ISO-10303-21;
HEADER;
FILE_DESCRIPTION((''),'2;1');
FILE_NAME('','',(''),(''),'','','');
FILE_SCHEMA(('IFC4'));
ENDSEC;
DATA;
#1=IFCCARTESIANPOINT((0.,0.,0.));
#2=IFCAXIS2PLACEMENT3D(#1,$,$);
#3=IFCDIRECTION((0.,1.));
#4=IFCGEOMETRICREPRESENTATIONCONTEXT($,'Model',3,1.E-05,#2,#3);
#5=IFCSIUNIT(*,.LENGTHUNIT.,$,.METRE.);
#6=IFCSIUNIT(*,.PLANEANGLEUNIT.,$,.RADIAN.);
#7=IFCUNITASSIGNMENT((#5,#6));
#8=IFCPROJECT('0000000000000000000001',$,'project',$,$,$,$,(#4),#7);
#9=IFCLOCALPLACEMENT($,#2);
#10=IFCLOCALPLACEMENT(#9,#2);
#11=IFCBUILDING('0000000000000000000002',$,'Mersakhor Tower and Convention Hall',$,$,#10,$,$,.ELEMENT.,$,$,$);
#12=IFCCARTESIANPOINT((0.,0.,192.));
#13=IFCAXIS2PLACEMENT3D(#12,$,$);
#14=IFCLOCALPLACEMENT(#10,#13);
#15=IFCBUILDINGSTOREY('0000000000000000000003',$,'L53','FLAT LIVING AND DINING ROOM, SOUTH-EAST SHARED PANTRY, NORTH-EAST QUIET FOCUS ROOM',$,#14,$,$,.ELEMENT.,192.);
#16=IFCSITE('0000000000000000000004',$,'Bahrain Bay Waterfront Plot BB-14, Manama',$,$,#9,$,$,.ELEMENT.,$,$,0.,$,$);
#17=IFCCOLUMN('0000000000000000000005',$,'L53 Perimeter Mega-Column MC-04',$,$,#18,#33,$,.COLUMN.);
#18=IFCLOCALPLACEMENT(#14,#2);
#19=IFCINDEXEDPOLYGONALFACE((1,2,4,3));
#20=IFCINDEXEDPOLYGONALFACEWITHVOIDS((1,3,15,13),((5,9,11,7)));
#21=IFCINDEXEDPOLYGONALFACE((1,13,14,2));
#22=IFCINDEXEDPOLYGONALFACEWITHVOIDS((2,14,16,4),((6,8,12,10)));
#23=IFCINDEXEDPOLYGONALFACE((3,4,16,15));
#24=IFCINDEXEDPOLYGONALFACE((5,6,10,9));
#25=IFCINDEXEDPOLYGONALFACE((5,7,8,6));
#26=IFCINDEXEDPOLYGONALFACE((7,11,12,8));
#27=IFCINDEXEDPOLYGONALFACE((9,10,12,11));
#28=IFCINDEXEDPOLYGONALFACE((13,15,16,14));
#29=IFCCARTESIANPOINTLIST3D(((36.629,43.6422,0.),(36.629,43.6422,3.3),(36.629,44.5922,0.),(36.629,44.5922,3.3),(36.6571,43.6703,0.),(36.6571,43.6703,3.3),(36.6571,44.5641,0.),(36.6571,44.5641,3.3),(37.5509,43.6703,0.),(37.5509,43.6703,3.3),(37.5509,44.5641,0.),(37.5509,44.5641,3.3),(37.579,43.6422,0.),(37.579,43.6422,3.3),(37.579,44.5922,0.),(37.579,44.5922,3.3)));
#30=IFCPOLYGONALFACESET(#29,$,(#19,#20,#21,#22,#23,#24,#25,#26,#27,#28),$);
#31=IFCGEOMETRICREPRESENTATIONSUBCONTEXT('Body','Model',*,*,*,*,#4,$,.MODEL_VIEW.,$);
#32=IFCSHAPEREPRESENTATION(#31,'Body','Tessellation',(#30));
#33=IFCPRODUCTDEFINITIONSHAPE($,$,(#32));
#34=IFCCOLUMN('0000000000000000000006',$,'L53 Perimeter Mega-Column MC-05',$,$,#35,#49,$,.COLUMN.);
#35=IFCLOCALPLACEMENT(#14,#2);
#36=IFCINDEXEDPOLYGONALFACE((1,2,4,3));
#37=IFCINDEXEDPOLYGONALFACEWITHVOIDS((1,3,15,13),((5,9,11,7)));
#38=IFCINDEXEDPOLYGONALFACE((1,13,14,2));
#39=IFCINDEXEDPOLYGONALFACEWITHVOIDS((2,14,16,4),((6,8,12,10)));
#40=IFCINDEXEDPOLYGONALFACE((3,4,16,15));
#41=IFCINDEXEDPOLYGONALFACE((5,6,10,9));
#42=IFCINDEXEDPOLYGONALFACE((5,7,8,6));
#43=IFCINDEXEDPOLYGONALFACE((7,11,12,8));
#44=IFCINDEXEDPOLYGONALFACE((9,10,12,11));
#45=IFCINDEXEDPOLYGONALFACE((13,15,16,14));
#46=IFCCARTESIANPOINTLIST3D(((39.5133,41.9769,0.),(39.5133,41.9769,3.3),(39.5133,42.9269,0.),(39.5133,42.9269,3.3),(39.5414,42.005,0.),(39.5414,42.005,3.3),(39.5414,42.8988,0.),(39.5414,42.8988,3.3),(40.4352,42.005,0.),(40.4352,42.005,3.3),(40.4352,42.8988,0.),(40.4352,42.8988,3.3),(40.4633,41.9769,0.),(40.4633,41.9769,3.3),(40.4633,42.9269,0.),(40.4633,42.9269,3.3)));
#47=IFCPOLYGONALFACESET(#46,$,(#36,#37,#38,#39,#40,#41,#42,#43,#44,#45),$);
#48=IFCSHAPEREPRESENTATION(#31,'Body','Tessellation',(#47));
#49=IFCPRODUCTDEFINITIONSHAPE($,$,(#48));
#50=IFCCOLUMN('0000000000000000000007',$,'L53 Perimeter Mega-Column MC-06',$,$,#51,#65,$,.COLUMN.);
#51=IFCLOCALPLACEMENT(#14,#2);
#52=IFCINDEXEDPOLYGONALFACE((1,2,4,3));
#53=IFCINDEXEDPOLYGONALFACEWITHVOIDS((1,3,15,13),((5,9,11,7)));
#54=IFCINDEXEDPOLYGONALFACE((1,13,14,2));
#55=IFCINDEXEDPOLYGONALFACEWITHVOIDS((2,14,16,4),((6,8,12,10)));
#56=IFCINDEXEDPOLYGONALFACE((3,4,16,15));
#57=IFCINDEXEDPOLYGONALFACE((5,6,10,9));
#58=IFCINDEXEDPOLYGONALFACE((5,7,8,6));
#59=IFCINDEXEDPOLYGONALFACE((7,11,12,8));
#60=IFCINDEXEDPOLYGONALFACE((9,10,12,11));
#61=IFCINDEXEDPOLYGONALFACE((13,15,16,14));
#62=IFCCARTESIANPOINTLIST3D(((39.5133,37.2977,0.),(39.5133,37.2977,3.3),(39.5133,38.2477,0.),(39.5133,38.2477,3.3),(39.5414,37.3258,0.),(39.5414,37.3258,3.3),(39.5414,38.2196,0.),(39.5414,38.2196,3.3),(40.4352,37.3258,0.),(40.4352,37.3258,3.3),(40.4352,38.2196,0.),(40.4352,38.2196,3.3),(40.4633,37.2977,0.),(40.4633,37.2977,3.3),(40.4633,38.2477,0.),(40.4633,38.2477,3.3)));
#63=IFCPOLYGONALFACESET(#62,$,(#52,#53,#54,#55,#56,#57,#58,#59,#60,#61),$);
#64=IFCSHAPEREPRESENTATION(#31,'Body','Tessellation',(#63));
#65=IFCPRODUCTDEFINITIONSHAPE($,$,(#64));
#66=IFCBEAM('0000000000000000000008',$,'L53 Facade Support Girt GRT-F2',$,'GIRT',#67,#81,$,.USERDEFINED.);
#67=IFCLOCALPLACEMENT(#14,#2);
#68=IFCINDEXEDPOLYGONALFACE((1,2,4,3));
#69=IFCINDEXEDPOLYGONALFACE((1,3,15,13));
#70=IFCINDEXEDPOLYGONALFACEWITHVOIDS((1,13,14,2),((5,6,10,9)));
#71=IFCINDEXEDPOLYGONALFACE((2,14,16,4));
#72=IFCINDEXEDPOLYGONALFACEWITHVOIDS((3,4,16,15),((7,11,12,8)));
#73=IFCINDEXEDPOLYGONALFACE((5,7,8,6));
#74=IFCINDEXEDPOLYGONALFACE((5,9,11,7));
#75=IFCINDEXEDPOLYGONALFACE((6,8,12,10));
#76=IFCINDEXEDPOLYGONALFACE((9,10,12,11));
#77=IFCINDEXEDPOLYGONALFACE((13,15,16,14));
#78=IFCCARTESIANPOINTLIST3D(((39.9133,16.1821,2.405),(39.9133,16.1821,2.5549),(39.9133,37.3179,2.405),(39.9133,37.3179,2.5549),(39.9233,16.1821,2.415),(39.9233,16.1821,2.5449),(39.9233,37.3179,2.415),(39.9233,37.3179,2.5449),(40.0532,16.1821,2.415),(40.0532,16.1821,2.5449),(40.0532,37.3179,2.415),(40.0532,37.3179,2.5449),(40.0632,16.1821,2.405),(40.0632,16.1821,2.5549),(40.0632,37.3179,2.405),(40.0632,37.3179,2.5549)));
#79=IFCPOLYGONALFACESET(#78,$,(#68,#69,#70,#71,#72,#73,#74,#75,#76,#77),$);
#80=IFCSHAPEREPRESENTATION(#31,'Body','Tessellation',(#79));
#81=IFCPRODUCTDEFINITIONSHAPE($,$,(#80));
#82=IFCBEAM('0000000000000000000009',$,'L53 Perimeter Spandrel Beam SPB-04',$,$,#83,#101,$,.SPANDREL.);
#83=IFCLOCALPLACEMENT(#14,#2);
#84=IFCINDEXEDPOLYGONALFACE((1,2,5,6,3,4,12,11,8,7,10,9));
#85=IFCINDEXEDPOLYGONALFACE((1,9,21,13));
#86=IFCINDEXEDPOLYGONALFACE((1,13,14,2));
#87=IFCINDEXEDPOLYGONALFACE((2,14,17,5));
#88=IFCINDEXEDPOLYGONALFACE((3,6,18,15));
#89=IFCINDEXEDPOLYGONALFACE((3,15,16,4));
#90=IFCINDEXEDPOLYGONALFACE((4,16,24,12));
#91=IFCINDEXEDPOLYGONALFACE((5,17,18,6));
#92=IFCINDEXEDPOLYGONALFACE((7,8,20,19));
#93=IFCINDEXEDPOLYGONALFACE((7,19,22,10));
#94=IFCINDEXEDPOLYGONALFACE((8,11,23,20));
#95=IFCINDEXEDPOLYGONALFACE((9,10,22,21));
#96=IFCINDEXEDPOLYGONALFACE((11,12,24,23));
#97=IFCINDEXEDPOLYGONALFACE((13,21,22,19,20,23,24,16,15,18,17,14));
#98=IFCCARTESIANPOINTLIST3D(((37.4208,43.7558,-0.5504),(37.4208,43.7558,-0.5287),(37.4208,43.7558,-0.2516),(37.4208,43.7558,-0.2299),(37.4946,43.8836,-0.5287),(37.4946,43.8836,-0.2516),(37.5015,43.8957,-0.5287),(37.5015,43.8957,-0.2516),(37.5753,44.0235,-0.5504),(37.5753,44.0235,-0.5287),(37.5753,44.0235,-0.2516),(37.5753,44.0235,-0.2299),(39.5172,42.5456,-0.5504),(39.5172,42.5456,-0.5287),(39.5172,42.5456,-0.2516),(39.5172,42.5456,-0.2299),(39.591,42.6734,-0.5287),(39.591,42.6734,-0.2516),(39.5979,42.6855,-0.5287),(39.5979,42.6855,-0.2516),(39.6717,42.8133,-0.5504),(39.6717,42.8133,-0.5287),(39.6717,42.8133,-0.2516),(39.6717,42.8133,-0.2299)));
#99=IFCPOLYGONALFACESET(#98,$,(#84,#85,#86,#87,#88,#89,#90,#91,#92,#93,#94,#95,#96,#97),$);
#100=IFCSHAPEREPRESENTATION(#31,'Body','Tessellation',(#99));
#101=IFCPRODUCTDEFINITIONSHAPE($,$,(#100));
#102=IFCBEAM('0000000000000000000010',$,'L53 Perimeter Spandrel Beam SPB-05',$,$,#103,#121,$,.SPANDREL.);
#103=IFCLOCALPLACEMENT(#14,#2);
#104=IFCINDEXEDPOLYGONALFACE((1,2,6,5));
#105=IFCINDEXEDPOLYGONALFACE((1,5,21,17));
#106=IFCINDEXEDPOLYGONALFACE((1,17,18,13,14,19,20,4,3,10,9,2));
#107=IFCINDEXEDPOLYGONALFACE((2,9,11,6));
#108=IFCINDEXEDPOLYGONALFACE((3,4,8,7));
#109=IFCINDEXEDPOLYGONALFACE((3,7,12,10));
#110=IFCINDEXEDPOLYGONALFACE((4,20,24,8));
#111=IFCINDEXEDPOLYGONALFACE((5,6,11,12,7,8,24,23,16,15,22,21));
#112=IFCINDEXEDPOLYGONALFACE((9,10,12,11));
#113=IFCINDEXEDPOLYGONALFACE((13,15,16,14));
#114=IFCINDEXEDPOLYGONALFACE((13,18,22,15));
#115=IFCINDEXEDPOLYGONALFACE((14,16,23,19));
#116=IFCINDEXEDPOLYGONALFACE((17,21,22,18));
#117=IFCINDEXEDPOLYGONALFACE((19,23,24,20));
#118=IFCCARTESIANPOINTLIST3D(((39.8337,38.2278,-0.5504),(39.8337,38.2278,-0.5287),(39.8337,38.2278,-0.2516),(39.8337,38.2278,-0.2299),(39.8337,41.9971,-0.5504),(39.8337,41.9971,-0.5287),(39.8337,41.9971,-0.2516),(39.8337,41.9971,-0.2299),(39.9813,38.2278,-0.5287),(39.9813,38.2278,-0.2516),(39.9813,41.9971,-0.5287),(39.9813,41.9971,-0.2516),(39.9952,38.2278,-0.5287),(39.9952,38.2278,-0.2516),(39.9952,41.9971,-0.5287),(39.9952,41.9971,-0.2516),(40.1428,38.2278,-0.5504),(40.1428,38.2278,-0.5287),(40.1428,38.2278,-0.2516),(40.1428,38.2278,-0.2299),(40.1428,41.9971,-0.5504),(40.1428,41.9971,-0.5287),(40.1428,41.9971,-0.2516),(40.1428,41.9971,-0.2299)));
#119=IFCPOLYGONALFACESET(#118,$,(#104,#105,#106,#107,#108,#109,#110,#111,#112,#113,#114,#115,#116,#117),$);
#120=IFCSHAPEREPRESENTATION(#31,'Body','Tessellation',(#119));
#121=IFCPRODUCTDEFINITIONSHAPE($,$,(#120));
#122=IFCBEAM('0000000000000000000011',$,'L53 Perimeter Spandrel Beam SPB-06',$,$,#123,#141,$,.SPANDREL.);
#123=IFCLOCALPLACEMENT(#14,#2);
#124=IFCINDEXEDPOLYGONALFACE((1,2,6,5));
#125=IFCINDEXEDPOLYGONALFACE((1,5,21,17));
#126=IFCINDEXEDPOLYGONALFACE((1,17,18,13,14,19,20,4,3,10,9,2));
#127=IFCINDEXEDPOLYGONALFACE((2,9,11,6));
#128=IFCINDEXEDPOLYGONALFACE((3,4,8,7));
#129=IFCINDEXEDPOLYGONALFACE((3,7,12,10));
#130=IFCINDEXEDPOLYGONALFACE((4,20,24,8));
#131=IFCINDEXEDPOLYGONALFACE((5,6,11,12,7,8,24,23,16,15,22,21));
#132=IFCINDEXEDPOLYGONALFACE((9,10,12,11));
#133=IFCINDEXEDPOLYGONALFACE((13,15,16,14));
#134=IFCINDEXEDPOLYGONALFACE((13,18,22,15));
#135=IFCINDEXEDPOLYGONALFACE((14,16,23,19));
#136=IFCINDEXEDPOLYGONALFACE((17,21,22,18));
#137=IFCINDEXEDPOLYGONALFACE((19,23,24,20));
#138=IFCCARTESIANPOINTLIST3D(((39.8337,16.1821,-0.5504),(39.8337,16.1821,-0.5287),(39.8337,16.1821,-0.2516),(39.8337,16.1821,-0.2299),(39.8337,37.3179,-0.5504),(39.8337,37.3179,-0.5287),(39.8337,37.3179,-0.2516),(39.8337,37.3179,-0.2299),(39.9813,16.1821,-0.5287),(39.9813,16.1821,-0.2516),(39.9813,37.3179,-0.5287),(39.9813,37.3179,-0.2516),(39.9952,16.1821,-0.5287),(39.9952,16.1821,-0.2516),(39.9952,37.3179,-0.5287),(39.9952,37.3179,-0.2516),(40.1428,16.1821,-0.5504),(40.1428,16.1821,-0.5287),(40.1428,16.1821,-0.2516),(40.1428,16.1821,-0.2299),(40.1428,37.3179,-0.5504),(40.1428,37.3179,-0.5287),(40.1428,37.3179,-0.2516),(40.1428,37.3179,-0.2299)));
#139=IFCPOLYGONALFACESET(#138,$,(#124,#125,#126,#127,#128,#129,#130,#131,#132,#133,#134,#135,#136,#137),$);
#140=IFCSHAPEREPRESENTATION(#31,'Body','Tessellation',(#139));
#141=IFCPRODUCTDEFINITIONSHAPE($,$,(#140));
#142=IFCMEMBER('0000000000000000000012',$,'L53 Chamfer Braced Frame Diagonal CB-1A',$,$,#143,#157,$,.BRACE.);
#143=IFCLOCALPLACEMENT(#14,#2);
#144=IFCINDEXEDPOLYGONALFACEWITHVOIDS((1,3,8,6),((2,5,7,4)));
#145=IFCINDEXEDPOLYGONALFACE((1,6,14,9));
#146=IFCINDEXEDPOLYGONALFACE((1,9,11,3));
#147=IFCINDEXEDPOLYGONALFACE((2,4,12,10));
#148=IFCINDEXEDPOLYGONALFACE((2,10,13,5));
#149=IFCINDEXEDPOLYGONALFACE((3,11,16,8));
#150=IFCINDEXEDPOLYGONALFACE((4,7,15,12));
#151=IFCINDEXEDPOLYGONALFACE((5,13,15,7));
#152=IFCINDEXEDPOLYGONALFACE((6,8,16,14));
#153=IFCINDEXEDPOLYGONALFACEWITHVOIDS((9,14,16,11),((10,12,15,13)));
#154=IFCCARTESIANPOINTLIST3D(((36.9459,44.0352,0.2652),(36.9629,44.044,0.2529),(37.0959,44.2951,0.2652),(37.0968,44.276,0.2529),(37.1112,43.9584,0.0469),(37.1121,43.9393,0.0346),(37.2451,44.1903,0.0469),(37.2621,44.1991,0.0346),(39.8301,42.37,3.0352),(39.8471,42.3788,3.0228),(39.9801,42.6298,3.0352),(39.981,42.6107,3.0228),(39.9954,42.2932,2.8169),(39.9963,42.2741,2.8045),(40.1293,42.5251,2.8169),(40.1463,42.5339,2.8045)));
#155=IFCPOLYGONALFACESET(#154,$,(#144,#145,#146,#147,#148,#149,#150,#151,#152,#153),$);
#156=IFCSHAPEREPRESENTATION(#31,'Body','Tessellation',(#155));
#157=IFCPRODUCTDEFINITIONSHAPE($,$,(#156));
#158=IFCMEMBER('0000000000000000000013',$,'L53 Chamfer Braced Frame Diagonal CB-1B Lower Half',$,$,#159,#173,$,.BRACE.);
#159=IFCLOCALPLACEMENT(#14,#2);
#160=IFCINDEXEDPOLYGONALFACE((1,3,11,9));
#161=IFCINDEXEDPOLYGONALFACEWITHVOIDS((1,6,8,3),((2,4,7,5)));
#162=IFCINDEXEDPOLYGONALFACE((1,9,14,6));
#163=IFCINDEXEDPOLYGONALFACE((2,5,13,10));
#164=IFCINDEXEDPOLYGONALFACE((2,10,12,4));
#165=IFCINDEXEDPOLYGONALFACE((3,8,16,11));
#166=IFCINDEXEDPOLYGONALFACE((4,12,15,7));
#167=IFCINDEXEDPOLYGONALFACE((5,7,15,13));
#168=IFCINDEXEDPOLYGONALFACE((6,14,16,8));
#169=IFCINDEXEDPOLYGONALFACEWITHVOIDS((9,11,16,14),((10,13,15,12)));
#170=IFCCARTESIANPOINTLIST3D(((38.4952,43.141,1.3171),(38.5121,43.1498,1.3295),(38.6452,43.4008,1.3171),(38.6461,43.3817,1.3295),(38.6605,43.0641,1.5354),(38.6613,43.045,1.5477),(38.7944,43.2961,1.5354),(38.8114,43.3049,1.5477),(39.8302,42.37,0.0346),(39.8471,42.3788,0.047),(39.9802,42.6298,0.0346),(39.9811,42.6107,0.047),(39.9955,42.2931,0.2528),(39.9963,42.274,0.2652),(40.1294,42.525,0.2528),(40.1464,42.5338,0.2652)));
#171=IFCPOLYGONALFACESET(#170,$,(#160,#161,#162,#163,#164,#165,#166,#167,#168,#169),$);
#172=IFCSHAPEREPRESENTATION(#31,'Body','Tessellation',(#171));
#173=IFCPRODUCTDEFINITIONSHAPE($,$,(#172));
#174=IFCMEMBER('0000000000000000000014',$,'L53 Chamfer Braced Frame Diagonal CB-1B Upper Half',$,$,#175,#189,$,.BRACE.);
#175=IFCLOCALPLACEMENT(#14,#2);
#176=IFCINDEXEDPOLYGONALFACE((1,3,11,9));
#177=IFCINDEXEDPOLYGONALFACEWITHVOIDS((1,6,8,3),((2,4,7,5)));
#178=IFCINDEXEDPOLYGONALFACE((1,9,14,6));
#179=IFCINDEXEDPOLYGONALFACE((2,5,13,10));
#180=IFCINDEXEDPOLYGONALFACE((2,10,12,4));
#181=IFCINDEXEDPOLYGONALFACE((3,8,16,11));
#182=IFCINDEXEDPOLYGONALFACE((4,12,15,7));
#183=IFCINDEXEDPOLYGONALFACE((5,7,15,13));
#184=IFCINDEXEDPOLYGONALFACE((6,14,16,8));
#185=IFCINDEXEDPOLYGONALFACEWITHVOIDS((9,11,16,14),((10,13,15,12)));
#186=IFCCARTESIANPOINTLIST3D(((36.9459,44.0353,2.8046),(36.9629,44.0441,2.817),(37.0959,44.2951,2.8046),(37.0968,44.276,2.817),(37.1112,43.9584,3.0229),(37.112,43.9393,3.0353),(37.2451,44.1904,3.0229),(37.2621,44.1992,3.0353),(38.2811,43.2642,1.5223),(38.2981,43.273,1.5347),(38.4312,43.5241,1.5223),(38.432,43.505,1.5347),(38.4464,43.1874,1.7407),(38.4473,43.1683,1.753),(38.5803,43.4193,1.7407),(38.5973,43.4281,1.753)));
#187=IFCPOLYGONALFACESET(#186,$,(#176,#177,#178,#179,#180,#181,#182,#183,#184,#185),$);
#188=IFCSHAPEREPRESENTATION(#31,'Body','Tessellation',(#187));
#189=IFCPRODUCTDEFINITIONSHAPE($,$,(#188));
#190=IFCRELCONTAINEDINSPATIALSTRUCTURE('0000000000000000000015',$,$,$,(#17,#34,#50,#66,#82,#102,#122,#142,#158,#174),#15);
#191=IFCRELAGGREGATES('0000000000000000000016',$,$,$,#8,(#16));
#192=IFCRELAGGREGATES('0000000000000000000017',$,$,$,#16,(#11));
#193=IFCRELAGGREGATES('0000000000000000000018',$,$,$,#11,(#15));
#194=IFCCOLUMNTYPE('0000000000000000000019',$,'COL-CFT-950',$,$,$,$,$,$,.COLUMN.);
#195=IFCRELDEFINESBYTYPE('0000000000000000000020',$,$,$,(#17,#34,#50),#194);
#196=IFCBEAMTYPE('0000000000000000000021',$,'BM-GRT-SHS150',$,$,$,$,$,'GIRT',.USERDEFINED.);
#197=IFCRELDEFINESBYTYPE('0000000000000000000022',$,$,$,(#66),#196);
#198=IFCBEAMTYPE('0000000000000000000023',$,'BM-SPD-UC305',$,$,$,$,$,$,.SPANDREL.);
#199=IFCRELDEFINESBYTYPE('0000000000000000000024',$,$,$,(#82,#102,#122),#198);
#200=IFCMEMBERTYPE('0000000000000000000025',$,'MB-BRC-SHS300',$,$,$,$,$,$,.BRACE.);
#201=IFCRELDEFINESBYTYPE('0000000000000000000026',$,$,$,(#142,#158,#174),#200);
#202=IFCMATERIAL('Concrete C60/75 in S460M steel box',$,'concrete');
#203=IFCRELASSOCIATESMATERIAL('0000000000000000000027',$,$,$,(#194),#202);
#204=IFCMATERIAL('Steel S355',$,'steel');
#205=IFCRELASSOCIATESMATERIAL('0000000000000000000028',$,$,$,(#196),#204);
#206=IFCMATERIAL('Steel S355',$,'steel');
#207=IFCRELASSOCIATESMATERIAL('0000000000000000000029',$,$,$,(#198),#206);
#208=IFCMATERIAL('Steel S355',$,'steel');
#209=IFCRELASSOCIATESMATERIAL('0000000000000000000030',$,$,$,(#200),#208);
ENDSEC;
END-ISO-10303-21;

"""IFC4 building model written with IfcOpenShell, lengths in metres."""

from ifc_helpers import new_model, si_unit, direction, frame, origin, origin_2d, place, context, subcontext, project, spatial, hollow_rectangle, i_section, extrude, material, material_profile, profile_set, type_object, element, save


model = new_model("IFC4")

# Units and contexts
model_context = context("Model", 3, precision=1e-05, world=origin(), true_north=direction((0.0, 1.0)))
body_context = subcontext(model_context, "Body", "Model", "MODEL_VIEW")
ifc_project = project(units=[si_unit("LENGTHUNIT", "METRE"), si_unit("PLANEANGLEUNIT", "RADIAN")], contexts=[model_context])

# Site, building, storey
site_placement = place(None, origin())
site = spatial("IfcSite", under=ifc_project, at=site_placement, Name="Bahrain Bay Waterfront Plot BB-14, Manama", CompositionType="ELEMENT", RefElevation=0.0)
building_placement = place(site_placement, origin())
building = spatial("IfcBuilding", under=site, at=building_placement, Name="Mersakhor Tower and Convention Hall", CompositionType="ELEMENT")
storey_placement = place(building_placement, frame((0.0, 0.0, 192.0)))
storey = spatial("IfcBuildingStorey", under=building, at=storey_placement, Name="L53", Description="FLAT LIVING AND DINING ROOM, SOUTH-EAST SHARED PANTRY, NORTH-EAST QUIET FOCUS ROOM", CompositionType="ELEMENT", Elevation=192.0)

# Columns
ifc_material_1 = material(Name="Concrete C60/75 in S460M steel box", Category="concrete")
ifc_material_profile_1 = material_profile(ifc_material_1, hollow_rectangle(XDim=0.95, YDim=0.95, WallThickness=0.0281, at=origin_2d()), Name="SHS 950x950x28")
ifc_profile_set_1 = profile_set([ifc_material_profile_1], Name="Concrete C60/75 in S460M steel box")
column_type = type_object("IfcColumnType", Name="COL-CFT-950", PredefinedType="COLUMN", material=ifc_profile_set_1)
for number, where, z_axis, x_axis, name in (
    (1, (37.104, 44.1172, 0.0), (0.0, 0.0, 1.0), (1.0, 0.0, 0.0), "L53 Perimeter Mega-Column MC-04"),
    (2, (39.9883, 42.4519, 0.0), (0.0, 0.0, 1.0), (1.0, 0.0, 0.0), "L53 Perimeter Mega-Column MC-05"),
    (3, (39.9883, 37.7727, 0.0), (0.0, 0.0, 1.0), (1.0, 0.0, 0.0), "L53 Perimeter Mega-Column MC-06"),
):
    element("IfcColumn", number, at=place(storey_placement, frame(where, z_axis=z_axis, x_axis=x_axis)), inside=storey, type_object=column_type, Name=name, PredefinedType="COLUMN", context=body_context, shape_type="SweptSolid", body=[
        extrude(hollow_rectangle(XDim=0.95, YDim=0.95, WallThickness=0.0281, at=origin_2d()), origin(), (0.0, 0.0, 1.0), 3.3),
    ])

# Beams
ifc_material_2 = material(Name="Steel S355", Category="steel")
ifc_material_profile_2 = material_profile(ifc_material_2, hollow_rectangle(XDim=0.1499, YDim=0.1499, WallThickness=0.01, at=origin_2d()), Name="SHS 150x150x10")
ifc_profile_set_2 = profile_set([ifc_material_profile_2], Name="Steel S355")
beam_type_1 = type_object("IfcBeamType", Name="BM-GRT-SHS150", ElementType="GIRT", PredefinedType="USERDEFINED", material=ifc_profile_set_2)
beam_1_placement = place(storey_placement, frame((39.9883, 37.3179, 2.48), z_axis=(0.0, -1.0, 0.0), x_axis=(1.0, 0.0, 0.0)))
element("IfcBeam", 4, at=beam_1_placement, inside=storey, type_object=beam_type_1, Name="L53 Facade Support Girt GRT-F2", ObjectType="GIRT", PredefinedType="USERDEFINED", context=body_context, shape_type="SweptSolid", body=[
    extrude(hollow_rectangle(XDim=0.1499, YDim=0.1499, WallThickness=0.01, at=origin_2d()), origin(), (0.0, 0.0, 1.0), 21.1357),
])
ifc_material_3 = material(Name="Steel S355", Category="steel")
ifc_material_profile_3 = material_profile(ifc_material_3, i_section(OverallWidth=0.3091, OverallDepth=0.3206, WebThickness=0.0139, FlangeThickness=0.0217, at=origin_2d()), Name="UC 305x305x137")
ifc_profile_set_3 = profile_set([ifc_material_profile_3], Name="Steel S355")
beam_type_2 = type_object("IfcBeamType", Name="BM-SPD-UC305", PredefinedType="SPANDREL", material=ifc_profile_set_3)
beam_2_placement = place(storey_placement, frame((37.498, 43.8896, -0.3901), z_axis=(0.866056, -0.499947, 0.0), x_axis=(0.499947, 0.866056, 0.0)))
element("IfcBeam", 5, at=beam_2_placement, inside=storey, type_object=beam_type_2, Name="L53 Perimeter Spandrel Beam SPB-04", PredefinedType="SPANDREL", context=body_context, shape_type="SweptSolid", body=[
    extrude(i_section(OverallWidth=0.3091, OverallDepth=0.3206, WebThickness=0.0139, FlangeThickness=0.0217, at=origin_2d()), origin(), (0.0, 0.0, 1.0), 2.4207),
])
beam_3_placement = place(storey_placement, frame((39.9883, 41.9971, -0.3901), z_axis=(0.0, -1.0, 0.0), x_axis=(1.0, 0.0, 0.0)))
element("IfcBeam", 6, at=beam_3_placement, inside=storey, type_object=beam_type_2, Name="L53 Perimeter Spandrel Beam SPB-05", PredefinedType="SPANDREL", context=body_context, shape_type="SweptSolid", body=[
    extrude(i_section(OverallWidth=0.3091, OverallDepth=0.3206, WebThickness=0.0139, FlangeThickness=0.0217, at=origin_2d()), origin(), (0.0, 0.0, 1.0), 3.7693),
])
beam_4_placement = place(storey_placement, frame((39.9883, 37.3179, -0.3901), z_axis=(0.0, -1.0, 0.0), x_axis=(1.0, 0.0, 0.0)))
element("IfcBeam", 7, at=beam_4_placement, inside=storey, type_object=beam_type_2, Name="L53 Perimeter Spandrel Beam SPB-06", PredefinedType="SPANDREL", context=body_context, shape_type="SweptSolid", body=[
    extrude(i_section(OverallWidth=0.3091, OverallDepth=0.3206, WebThickness=0.0139, FlangeThickness=0.0217, at=origin_2d()), origin(), (0.0, 0.0, 1.0), 21.1357),
])

# Members
ifc_material_4 = material(Name="Steel S355", Category="steel")
ifc_material_profile_4 = material_profile(ifc_material_4, hollow_rectangle(XDim=0.3, YDim=0.3, WallThickness=0.0161, at=origin_2d()), Name="SHS 300x300x16")
ifc_profile_set_4 = profile_set([ifc_material_profile_4], Name="Steel S355")
member_type = type_object("IfcMemberType", Name="MB-BRC-SHS300", PredefinedType="BRACE", material=ifc_profile_set_4)
member_placement = place(storey_placement, frame((37.104, 44.1172, 0.1499), z_axis=(0.665825, -0.384425, 0.639449), x_axis=(0.50001, 0.86602, 0.0)))
element("IfcMember", 8, at=member_placement, inside=storey, type_object=member_type, Name="L53 Chamfer Braced Frame Diagonal CB-1A", PredefinedType="BRACE", context=body_context, shape_type="SweptSolid", body=[
    extrude(hollow_rectangle(XDim=0.3, YDim=0.3, WallThickness=0.0161, at=origin_2d()), origin(), (0.0, 0.0, 1.0), 4.3318),
])
for number, where, z_axis, x_axis, name in (
    (9, (39.9883, 42.4519, 0.1499), (-0.665711, 0.384476, 0.639536), (-0.500125, -0.865953, 0.0), "L53 Chamfer Braced Frame Diagonal CB-1B Lower Half"),
    (10, (38.4392, 43.3462, 1.6377), (-0.665831, 0.384475, 0.639412), (-0.500056, -0.865993, 0.0), "L53 Chamfer Braced Frame Diagonal CB-1B Upper Half"),
):
    element("IfcMember", number, at=place(storey_placement, frame(where, z_axis=z_axis, x_axis=x_axis)), inside=storey, type_object=member_type, Name=name, PredefinedType="BRACE", context=body_context, shape_type="SweptSolid", body=[
        extrude(hollow_rectangle(XDim=0.3, YDim=0.3, WallThickness=0.0161, at=origin_2d()), origin(), (0.0, 0.0, 1.0), 2.0054),
    ])

save(model, "model.ifc")
